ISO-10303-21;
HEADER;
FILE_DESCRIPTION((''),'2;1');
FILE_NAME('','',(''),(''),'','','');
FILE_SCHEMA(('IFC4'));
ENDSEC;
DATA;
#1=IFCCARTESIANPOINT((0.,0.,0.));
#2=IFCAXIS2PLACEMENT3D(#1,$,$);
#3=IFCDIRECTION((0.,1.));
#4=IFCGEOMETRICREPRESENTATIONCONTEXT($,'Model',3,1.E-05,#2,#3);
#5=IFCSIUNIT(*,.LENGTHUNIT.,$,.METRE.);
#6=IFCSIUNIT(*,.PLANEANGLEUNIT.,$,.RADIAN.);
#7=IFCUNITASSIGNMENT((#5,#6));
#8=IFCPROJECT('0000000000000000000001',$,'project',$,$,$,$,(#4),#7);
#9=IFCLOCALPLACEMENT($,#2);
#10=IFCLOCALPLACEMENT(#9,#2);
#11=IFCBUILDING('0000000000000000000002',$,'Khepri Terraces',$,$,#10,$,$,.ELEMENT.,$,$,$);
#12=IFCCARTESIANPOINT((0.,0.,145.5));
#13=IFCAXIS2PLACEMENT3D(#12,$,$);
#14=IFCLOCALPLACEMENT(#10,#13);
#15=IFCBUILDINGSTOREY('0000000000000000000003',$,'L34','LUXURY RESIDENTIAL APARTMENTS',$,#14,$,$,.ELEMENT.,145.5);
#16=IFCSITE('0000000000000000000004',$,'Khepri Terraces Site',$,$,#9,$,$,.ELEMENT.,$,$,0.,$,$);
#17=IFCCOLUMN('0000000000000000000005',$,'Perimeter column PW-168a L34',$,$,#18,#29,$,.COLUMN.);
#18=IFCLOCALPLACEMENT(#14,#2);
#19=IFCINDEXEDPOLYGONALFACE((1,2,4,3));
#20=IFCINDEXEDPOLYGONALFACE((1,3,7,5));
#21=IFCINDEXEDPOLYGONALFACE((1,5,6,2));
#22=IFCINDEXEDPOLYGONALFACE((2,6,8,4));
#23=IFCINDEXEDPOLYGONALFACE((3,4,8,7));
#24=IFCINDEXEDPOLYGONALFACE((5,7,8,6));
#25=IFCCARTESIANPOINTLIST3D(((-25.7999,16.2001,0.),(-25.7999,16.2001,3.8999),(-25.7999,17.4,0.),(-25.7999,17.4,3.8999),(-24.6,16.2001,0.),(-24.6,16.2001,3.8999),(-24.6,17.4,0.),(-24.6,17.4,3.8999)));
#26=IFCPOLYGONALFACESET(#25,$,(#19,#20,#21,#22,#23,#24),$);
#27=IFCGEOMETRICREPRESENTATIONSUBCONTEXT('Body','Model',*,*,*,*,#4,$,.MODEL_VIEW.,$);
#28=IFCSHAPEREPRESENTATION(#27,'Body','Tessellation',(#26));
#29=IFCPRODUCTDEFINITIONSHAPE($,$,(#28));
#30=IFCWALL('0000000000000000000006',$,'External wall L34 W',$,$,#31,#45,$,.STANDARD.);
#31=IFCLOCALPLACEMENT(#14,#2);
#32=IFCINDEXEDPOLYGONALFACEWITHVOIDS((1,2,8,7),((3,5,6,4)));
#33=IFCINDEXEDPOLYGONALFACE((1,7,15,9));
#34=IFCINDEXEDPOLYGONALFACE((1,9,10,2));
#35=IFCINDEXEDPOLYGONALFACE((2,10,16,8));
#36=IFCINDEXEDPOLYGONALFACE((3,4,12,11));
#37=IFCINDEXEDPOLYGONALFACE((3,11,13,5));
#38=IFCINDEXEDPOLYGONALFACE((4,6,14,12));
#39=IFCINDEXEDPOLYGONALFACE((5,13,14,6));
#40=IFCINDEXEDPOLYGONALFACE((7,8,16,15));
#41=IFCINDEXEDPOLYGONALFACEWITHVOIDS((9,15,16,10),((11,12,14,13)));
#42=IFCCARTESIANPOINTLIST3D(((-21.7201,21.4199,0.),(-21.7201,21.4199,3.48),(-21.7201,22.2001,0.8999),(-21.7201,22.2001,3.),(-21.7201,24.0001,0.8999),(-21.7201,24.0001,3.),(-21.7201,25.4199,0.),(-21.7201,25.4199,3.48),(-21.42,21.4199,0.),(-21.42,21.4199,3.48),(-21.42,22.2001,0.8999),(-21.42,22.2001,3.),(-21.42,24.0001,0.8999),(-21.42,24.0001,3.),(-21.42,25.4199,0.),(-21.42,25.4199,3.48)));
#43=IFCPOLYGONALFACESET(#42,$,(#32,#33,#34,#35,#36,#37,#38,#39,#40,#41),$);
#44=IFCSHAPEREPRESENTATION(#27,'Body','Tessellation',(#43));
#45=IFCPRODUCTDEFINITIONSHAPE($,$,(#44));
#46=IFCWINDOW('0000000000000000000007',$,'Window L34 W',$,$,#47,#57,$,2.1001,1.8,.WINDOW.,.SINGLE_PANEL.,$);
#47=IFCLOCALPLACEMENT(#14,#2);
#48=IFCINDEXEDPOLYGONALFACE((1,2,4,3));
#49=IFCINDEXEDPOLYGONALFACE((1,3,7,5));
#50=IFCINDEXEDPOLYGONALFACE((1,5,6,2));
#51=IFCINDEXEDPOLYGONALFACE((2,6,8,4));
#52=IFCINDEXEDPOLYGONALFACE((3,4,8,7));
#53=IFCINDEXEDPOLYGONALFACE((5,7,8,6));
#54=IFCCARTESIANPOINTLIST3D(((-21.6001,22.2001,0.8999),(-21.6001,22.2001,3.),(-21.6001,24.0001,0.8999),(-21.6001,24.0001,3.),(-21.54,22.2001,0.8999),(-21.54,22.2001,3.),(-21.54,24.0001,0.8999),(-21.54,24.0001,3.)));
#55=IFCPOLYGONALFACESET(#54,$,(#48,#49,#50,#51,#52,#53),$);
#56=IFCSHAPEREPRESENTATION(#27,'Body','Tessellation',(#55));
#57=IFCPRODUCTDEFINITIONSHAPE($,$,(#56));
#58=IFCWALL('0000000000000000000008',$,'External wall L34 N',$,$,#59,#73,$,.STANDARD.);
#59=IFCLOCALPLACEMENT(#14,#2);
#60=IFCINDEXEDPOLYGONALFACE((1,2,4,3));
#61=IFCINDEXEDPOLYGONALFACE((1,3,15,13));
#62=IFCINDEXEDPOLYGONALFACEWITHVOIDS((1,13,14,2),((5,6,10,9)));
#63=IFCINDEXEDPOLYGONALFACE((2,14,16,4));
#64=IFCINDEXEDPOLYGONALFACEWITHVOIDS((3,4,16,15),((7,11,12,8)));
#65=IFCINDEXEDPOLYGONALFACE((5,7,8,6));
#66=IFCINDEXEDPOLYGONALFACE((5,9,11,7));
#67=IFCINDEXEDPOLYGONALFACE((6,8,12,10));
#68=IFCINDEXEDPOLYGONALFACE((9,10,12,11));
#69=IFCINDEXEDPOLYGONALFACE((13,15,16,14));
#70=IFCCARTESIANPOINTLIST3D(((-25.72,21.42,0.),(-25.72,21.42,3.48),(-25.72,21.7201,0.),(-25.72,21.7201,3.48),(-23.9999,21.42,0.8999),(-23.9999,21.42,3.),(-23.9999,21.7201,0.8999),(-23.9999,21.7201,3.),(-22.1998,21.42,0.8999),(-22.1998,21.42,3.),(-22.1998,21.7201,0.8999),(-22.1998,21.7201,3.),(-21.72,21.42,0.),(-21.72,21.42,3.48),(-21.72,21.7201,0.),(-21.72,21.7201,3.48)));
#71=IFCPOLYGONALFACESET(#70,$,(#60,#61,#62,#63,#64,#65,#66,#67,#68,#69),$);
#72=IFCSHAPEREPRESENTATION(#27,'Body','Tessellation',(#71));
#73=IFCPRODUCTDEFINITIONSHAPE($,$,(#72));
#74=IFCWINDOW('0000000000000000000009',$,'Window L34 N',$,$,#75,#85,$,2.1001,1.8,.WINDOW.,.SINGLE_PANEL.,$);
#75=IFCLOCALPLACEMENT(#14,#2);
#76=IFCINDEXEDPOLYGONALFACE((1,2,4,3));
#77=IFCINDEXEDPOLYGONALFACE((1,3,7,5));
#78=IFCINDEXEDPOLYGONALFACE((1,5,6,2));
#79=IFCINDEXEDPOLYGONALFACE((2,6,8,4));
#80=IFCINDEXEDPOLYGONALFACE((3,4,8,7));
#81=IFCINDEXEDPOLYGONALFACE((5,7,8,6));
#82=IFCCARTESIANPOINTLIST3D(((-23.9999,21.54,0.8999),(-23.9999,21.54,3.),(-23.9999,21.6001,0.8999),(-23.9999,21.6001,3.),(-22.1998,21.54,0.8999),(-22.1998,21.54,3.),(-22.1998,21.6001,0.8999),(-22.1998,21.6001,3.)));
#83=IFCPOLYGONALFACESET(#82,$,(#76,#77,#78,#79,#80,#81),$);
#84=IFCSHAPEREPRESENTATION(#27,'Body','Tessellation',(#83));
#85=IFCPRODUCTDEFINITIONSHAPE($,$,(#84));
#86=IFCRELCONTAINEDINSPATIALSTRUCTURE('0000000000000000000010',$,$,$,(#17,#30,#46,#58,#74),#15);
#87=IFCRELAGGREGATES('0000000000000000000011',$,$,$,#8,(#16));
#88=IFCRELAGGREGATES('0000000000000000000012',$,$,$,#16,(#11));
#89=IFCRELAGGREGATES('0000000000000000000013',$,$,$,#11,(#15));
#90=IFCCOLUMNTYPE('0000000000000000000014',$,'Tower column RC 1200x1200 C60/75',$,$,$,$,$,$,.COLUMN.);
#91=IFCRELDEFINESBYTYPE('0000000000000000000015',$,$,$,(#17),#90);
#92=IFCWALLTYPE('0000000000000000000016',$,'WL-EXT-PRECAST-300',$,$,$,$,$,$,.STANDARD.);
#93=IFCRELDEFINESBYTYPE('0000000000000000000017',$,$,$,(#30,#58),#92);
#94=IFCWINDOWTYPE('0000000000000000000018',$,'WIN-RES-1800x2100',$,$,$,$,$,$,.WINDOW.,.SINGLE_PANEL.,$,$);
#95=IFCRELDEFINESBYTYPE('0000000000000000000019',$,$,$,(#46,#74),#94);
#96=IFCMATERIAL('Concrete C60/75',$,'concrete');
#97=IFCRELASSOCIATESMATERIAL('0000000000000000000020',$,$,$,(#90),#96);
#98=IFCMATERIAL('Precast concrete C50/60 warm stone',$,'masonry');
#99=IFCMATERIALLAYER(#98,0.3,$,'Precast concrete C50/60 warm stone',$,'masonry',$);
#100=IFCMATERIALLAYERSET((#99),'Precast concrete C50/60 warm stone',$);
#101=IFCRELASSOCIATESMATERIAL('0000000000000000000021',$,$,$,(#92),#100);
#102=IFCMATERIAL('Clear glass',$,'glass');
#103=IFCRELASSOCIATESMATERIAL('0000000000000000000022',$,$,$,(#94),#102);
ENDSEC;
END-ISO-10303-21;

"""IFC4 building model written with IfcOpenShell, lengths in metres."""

from ifc_helpers import new_model, si_unit, direction, frame, frame_2d, origin, origin_2d, place, context, subcontext, project, spatial, rectangle, extrude, material, layer, layer_set, material_profile, profile_set, type_object, element, fill, save


model = new_model("IFC4")

# Units and contexts
model_context = context("Model", 3, precision=1e-05, world=origin(), true_north=direction((0.0, 1.0)))
body_context = subcontext(model_context, "Body", "Model", "MODEL_VIEW")
ifc_project = project(units=[si_unit("LENGTHUNIT", "METRE"), si_unit("PLANEANGLEUNIT", "RADIAN")], contexts=[model_context])

# Site, building, storey
site_placement = place(None, origin())
site = spatial("IfcSite", under=ifc_project, at=site_placement, Name="Khepri Terraces Site", CompositionType="ELEMENT", RefElevation=0.0)
building_placement = place(site_placement, origin())
building = spatial("IfcBuilding", under=site, at=building_placement, Name="Khepri Terraces", CompositionType="ELEMENT")
storey_placement = place(building_placement, frame((0.0, 0.0, 145.5)))
storey = spatial("IfcBuildingStorey", under=building, at=storey_placement, Name="L34", Description="LUXURY RESIDENTIAL APARTMENTS", CompositionType="ELEMENT", Elevation=145.5)

# Column
ifc_material_1 = material(Name="Concrete C60/75", Category="concrete")
ifc_material_profile = material_profile(ifc_material_1, rectangle(XDim=1.2, YDim=1.2, at=origin_2d()), Name="Concrete C60/75", Category="concrete")
ifc_profile_set = profile_set([ifc_material_profile], Name="Concrete C60/75")
column_type = type_object("IfcColumnType", Name="Tower column RC 1200x1200 C60/75", PredefinedType="COLUMN", material=ifc_profile_set)
column_placement = place(storey_placement, frame((-25.2, 16.8, 0.0), z_axis=(0.0, 0.0, 1.0), x_axis=(1.0, 0.0, 0.0)))
element("IfcColumn", 1, at=column_placement, inside=storey, type_object=column_type, Name="Perimeter column PW-168a L34", PredefinedType="COLUMN", context=body_context, shape_type="SweptSolid", body=[
    extrude(rectangle(XDim=1.2, YDim=1.2, at=origin_2d()), origin(), (0.0, 0.0, 1.0), 3.8999),
])

# Walls, openings, windows
ifc_material_2 = material(Name="Precast concrete C50/60 warm stone", Category="masonry")
ifc_layer = layer(ifc_material_2, 0.3, Name="Precast concrete C50/60 warm stone", Category="masonry")
ifc_layer_set = layer_set([ifc_layer], Name="Precast concrete C50/60 warm stone")
wall_type = type_object("IfcWallType", Name="WL-EXT-PRECAST-300", PredefinedType="STANDARD", material=ifc_layer_set)
wall_1_placement = place(storey_placement, frame((-21.5701, 25.4199, 0.0), z_axis=(0.0, 0.0, 1.0), x_axis=(0.0, -1.0, 0.0)))
wall_1 = element("IfcWall", 2, at=wall_1_placement, inside=storey, type_object=wall_type, Name="External wall L34 W", PredefinedType="STANDARD", context=body_context, shape_type="SweptSolid", body=[
    extrude(rectangle(XDim=4.0, YDim=0.3, at=frame_2d((2.0, 0.0))), origin(), (0.0, 0.0, 1.0), 3.48),
])
opening_1_placement = place(wall_1_placement, frame((1.4199, 0.0, 0.8999)))
opening_1 = element("IfcOpeningElement", 3, at=opening_1_placement, cuts=wall_1, PredefinedType="OPENING", context=body_context, shape_type="SweptSolid", body=[
    extrude(rectangle(XDim=1.8, YDim=2.1001, at=frame_2d((0.8999, 1.05))), frame((0.0, 0.1602, 0.0), z_axis=(0.0, -1.0, 0.0), x_axis=(1.0, 0.0, 0.0)), (0.0, 0.0, 1.0), 0.3201),
])
ifc_material_3 = material(Name="Clear glass", Category="glass")
window_type = type_object("IfcWindowType", Name="WIN-RES-1800x2100", PartitioningType="SINGLE_PANEL", PredefinedType="WINDOW", material=ifc_material_3)
window_1_placement = place(opening_1_placement, origin())
window_1 = element("IfcWindow", 4, at=window_1_placement, inside=storey, type_object=window_type, Name="Window L34 W", OverallHeight=2.1001, OverallWidth=1.8, PartitioningType="SINGLE_PANEL", PredefinedType="WINDOW", context=body_context, shape_type="SweptSolid", body=[
    extrude(rectangle(XDim=1.8, YDim=2.1001, at=frame_2d((0.8999, 1.05))), frame((0.0, 0.03, 0.0), z_axis=(0.0, -1.0, 0.0), x_axis=(1.0, 0.0, 0.0)), (0.0, 0.0, 1.0), 0.0601),
])
fill(opening_1, window_1)
wall_2_placement = place(storey_placement, frame((-21.72, 21.5701, 0.0), z_axis=(0.0, 0.0, 1.0), x_axis=(-1.0, 0.0, 0.0)))
wall_2 = element("IfcWall", 5, at=wall_2_placement, inside=storey, type_object=wall_type, Name="External wall L34 N", PredefinedType="STANDARD", context=body_context, shape_type="SweptSolid", body=[
    extrude(rectangle(XDim=4.0, YDim=0.3, at=frame_2d((2.0, 0.0))), origin(), (0.0, 0.0, 1.0), 3.48),
])
opening_2_placement = place(wall_2_placement, frame((0.48, 0.0, 0.8999)))
opening_2 = element("IfcOpeningElement", 6, at=opening_2_placement, cuts=wall_2, PredefinedType="OPENING", context=body_context, shape_type="SweptSolid", body=[
    extrude(rectangle(XDim=1.8, YDim=2.1001, at=frame_2d((0.8999, 1.05))), frame((0.0, 0.1602, 0.0), z_axis=(0.0, -1.0, 0.0), x_axis=(1.0, 0.0, 0.0)), (0.0, 0.0, 1.0), 0.3201),
])
window_2_placement = place(opening_2_placement, origin())
window_2 = element("IfcWindow", 7, at=window_2_placement, inside=storey, type_object=window_type, Name="Window L34 N", OverallHeight=2.1001, OverallWidth=1.8, PartitioningType="SINGLE_PANEL", PredefinedType="WINDOW", context=body_context, shape_type="SweptSolid", body=[
    extrude(rectangle(XDim=1.8, YDim=2.1001, at=frame_2d((0.8999, 1.05))), frame((0.0, 0.03, 0.0), z_axis=(0.0, -1.0, 0.0), x_axis=(1.0, 0.0, 0.0)), (0.0, 0.0, 1.0), 0.0601),
])
fill(opening_2, window_2)

save(model, "model.ifc")
